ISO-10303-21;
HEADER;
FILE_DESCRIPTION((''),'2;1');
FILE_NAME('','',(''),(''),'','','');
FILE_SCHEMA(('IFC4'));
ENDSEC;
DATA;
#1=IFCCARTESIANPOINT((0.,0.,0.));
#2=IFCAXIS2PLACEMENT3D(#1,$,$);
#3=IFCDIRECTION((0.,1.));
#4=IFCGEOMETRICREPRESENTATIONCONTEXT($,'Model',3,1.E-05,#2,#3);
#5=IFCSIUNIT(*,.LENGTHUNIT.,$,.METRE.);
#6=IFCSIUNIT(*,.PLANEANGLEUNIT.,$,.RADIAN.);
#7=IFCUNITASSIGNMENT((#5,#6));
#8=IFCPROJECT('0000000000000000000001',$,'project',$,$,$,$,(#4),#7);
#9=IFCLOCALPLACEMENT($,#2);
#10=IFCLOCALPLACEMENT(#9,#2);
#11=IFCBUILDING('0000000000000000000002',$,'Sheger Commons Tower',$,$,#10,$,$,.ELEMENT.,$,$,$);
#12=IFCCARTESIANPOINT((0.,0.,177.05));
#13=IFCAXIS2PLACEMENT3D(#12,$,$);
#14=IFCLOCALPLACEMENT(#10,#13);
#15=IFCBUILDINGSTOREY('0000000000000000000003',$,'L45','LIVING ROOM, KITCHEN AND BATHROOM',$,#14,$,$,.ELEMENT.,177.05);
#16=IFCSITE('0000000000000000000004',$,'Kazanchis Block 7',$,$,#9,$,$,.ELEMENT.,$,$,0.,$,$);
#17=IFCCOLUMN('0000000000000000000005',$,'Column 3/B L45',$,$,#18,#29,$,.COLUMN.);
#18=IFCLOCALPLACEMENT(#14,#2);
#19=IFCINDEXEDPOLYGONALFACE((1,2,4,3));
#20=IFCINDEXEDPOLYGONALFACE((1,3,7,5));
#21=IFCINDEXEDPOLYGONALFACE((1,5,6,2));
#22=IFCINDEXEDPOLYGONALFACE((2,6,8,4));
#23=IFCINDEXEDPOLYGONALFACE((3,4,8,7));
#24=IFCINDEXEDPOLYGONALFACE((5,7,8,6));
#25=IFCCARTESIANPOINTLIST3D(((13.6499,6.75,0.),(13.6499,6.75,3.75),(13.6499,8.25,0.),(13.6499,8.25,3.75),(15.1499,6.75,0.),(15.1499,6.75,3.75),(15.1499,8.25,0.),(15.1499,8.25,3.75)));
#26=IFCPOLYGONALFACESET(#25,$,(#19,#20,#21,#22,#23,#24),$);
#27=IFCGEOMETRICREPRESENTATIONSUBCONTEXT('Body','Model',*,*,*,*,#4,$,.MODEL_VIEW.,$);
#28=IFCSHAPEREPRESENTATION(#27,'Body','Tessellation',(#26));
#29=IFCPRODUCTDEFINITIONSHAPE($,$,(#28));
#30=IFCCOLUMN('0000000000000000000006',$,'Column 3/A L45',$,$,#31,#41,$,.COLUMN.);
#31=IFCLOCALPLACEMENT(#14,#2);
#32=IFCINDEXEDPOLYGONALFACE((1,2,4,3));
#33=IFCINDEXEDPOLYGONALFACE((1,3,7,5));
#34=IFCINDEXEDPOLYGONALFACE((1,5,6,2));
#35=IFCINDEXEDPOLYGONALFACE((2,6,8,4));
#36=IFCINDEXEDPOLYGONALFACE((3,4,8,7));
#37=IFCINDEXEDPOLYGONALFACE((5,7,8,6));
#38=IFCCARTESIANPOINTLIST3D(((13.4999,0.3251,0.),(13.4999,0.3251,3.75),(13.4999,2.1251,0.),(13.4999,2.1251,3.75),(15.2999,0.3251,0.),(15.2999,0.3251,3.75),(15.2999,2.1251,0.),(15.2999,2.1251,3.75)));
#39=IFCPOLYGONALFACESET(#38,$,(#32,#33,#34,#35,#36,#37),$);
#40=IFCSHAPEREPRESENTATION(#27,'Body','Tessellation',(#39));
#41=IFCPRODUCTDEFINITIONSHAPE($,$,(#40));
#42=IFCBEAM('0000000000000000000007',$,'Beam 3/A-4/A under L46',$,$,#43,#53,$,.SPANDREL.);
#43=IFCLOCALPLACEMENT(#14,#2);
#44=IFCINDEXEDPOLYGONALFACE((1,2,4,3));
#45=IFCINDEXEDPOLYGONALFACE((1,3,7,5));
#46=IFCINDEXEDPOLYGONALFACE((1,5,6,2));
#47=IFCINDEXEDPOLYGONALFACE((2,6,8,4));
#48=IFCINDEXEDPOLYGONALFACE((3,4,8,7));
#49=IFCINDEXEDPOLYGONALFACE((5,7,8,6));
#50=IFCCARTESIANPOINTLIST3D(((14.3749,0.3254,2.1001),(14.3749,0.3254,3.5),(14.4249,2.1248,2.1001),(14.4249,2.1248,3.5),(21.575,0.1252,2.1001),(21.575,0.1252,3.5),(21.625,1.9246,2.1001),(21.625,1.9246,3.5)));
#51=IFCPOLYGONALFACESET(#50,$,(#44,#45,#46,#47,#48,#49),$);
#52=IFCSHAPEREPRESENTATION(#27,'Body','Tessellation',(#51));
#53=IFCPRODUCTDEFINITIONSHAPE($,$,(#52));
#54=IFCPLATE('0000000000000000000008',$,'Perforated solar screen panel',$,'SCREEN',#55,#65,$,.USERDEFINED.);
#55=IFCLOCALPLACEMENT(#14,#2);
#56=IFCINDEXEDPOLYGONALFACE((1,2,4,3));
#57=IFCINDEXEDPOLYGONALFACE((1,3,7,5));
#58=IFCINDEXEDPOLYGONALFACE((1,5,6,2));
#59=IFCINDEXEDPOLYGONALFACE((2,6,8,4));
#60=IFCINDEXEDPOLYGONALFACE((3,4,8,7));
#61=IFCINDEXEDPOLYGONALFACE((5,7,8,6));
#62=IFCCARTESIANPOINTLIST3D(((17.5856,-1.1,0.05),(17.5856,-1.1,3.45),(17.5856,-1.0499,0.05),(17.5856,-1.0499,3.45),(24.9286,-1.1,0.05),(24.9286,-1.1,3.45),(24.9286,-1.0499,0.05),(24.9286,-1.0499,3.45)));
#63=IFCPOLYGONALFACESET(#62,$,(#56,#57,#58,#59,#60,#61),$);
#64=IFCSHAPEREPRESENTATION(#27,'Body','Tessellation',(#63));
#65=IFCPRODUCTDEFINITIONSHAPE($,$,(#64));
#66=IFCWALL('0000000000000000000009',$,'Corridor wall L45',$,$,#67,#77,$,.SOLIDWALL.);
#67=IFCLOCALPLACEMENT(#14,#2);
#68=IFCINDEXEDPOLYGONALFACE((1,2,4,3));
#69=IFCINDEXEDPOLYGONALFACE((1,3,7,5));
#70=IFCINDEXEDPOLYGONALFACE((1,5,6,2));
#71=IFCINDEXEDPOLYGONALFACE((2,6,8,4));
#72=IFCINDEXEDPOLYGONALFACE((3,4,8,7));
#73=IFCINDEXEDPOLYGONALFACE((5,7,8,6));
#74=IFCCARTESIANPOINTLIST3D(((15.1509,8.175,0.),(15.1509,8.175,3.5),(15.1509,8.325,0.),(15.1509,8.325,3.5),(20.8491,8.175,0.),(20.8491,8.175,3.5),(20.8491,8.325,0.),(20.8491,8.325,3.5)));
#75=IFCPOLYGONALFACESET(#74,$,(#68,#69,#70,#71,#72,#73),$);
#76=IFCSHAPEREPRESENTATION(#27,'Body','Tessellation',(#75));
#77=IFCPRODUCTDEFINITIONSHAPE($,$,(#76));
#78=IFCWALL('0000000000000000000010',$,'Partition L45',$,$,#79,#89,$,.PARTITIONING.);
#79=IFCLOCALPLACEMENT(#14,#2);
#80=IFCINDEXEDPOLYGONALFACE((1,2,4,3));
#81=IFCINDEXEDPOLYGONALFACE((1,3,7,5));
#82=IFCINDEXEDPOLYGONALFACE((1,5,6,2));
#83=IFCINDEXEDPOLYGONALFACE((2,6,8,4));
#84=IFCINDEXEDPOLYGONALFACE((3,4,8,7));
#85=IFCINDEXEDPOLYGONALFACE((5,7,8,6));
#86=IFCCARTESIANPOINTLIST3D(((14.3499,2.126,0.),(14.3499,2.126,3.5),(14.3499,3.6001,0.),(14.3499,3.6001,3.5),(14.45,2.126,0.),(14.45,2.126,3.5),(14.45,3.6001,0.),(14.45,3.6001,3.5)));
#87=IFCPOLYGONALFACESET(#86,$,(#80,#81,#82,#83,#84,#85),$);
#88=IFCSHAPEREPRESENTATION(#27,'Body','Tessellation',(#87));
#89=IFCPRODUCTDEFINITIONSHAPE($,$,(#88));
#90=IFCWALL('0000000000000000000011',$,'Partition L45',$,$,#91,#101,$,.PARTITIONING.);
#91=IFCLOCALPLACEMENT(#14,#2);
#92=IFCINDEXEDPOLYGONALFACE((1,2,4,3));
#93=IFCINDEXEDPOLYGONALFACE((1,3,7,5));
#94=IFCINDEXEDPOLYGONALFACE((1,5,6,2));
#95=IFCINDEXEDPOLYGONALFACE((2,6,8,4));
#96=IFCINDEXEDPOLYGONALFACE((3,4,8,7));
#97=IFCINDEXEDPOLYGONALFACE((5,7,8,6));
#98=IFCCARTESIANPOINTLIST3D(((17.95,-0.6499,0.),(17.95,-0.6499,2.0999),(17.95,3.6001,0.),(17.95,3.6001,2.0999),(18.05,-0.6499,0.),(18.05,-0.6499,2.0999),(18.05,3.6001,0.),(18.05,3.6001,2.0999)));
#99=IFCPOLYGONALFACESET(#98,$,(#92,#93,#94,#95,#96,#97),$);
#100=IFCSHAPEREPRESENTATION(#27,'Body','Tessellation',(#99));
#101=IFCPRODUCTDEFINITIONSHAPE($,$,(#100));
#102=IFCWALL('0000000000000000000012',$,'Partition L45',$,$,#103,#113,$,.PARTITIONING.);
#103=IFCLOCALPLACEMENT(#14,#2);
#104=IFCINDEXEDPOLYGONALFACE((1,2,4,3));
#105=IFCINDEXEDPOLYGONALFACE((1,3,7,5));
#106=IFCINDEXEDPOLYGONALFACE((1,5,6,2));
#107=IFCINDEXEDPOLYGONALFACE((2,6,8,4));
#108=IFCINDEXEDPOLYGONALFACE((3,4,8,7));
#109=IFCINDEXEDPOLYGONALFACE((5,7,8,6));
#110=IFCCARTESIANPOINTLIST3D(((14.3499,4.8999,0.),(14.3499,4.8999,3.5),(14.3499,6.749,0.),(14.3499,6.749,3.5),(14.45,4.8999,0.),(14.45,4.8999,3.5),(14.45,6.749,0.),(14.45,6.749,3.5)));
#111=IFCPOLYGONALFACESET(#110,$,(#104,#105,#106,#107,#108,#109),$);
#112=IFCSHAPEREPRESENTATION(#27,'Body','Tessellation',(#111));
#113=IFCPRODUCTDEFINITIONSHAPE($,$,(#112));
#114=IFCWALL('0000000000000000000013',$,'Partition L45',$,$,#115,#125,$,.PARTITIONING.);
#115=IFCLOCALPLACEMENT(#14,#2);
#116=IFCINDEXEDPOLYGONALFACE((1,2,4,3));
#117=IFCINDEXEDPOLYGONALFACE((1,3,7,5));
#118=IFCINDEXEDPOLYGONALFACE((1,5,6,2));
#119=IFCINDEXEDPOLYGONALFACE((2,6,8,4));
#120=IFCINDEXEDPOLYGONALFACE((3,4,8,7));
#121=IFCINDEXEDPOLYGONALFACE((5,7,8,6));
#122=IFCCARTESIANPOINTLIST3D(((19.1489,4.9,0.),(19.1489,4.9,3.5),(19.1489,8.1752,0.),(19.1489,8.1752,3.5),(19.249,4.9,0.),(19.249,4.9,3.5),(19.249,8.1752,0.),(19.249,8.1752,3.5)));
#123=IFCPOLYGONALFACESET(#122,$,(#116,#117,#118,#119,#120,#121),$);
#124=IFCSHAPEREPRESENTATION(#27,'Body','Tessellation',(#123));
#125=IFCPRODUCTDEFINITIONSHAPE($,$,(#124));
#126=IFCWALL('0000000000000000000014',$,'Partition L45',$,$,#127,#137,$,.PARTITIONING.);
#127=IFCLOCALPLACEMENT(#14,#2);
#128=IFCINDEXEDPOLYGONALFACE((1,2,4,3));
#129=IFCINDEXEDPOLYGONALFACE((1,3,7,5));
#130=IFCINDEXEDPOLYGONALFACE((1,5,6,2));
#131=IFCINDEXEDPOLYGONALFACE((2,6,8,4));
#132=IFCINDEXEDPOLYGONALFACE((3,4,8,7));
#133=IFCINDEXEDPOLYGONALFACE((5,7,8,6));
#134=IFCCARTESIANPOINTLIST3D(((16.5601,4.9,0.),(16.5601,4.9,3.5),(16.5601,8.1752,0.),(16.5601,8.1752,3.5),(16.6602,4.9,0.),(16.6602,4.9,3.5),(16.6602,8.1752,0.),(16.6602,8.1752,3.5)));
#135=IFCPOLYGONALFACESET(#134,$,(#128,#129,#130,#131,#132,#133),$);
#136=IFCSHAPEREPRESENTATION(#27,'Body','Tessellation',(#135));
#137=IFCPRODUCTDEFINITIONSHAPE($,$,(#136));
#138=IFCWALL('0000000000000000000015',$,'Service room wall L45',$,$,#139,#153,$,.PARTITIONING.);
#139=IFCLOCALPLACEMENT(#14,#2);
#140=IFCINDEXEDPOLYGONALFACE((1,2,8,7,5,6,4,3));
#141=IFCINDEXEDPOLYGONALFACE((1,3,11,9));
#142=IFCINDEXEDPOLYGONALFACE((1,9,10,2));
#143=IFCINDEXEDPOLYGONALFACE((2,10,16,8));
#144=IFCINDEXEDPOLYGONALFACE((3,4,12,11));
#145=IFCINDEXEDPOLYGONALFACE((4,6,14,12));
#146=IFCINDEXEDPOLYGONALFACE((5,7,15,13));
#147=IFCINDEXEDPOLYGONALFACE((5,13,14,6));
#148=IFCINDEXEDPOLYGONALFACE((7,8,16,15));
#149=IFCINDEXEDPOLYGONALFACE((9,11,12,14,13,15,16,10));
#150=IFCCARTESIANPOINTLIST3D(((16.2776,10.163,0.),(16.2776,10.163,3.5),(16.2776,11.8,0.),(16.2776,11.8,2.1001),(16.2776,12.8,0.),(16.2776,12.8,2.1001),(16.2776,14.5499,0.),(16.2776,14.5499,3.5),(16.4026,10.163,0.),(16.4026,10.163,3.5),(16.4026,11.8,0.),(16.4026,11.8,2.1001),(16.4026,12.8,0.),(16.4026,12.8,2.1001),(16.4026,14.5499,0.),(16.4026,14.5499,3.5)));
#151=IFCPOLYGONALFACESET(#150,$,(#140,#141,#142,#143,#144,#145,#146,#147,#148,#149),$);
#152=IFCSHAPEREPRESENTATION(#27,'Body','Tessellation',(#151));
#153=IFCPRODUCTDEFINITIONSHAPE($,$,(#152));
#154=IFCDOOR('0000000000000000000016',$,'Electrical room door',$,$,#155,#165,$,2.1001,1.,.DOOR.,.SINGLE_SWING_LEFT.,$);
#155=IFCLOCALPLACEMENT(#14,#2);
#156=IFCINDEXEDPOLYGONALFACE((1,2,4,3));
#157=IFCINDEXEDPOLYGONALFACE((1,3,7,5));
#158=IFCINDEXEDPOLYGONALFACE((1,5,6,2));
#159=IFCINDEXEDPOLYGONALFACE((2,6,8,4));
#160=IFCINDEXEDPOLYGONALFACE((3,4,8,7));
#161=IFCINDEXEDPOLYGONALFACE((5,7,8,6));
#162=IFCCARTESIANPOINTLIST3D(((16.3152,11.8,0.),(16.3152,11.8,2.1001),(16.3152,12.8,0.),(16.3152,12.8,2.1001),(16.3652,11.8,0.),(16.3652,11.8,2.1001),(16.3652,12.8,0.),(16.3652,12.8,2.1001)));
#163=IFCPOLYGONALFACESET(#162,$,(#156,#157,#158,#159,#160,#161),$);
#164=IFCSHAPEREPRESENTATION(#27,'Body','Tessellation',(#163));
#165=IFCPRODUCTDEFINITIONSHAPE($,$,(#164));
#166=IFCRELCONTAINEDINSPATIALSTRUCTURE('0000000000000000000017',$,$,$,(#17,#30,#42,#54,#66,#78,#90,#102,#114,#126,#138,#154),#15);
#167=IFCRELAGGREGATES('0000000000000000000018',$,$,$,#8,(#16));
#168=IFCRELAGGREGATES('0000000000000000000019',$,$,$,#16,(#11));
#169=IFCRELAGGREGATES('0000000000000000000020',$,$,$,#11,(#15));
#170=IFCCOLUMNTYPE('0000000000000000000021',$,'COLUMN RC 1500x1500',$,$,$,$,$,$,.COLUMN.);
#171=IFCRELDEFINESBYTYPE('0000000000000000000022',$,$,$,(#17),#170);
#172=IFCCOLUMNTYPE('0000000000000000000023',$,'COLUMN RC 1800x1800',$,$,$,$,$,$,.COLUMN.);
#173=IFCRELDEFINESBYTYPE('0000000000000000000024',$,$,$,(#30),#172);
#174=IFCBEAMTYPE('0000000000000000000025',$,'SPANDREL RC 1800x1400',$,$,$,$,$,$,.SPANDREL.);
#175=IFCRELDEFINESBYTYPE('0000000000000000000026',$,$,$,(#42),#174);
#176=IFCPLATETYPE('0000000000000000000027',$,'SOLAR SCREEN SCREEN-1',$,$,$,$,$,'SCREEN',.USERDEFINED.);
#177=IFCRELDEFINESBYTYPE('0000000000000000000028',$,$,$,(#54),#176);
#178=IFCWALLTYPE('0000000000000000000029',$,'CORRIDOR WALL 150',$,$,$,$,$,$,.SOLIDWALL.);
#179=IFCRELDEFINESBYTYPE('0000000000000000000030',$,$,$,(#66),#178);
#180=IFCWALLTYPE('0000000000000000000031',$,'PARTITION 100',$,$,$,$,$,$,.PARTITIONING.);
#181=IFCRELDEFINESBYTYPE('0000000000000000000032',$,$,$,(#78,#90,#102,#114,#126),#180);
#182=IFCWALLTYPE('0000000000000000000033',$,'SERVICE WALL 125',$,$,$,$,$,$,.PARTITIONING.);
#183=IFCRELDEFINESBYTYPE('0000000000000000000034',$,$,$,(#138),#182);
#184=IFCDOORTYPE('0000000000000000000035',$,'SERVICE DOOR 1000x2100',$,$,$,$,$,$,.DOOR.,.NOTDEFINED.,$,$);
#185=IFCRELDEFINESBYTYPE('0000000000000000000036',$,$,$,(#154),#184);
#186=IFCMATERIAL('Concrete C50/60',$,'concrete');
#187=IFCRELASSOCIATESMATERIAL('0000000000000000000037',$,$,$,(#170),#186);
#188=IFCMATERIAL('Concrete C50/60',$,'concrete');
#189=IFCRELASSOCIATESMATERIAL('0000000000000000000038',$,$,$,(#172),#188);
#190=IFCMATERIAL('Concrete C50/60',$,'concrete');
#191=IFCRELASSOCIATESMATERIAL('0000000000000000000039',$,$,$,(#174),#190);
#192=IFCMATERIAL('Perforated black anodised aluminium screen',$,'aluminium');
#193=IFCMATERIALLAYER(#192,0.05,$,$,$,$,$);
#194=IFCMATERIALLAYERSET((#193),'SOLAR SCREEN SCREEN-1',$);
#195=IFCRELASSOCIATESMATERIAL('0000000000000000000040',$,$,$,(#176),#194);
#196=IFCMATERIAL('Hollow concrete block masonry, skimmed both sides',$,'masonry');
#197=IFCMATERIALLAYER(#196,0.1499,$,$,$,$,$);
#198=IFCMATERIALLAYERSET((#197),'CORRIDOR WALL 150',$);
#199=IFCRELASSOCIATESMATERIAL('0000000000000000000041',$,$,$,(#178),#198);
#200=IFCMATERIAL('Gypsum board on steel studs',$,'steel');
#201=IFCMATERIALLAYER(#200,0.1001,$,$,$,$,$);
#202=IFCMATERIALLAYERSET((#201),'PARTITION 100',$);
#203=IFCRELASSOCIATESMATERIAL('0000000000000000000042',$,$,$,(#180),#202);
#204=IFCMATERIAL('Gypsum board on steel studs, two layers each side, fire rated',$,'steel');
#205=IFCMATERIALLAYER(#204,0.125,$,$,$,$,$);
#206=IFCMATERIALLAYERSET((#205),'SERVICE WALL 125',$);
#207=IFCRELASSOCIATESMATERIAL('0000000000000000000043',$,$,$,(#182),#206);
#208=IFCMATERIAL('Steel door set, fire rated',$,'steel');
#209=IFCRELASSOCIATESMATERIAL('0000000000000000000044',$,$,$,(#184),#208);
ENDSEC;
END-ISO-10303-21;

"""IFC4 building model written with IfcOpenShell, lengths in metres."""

from ifc_helpers import new_model, si_unit, direction, frame, frame_2d, origin, origin_2d, place, context, subcontext, project, spatial, rectangle, extrude, material, layer, layer_set, material_profile, profile_set, type_object, element, fill, save


model = new_model("IFC4")

# Units and contexts
model_context = context("Model", 3, precision=1e-05, world=origin(), true_north=direction((0.0, 1.0)))
body_context = subcontext(model_context, "Body", "Model", "MODEL_VIEW")
ifc_project = project(units=[si_unit("LENGTHUNIT", "METRE"), si_unit("PLANEANGLEUNIT", "RADIAN")], contexts=[model_context])

# Site, building, storey
site_placement = place(None, origin())
site = spatial("IfcSite", under=ifc_project, at=site_placement, Name="Kazanchis Block 7", CompositionType="ELEMENT", RefElevation=0.0)
building_placement = place(site_placement, origin())
building = spatial("IfcBuilding", under=site, at=building_placement, Name="Sheger Commons Tower", CompositionType="ELEMENT")
storey_placement = place(building_placement, frame((0.0, 0.0, 177.05)))
storey = spatial("IfcBuildingStorey", under=building, at=storey_placement, Name="L45", Description="LIVING ROOM, KITCHEN AND BATHROOM", CompositionType="ELEMENT", Elevation=177.05)

# Columns
ifc_material_1 = material(Name="Concrete C50/60", Category="concrete")
ifc_material_profile_1 = material_profile(ifc_material_1, rectangle(XDim=1.5, YDim=1.5, at=origin_2d()), Name="RC 1500x1500")
ifc_profile_set_1 = profile_set([ifc_material_profile_1], Name="Concrete C50/60")
column_type_1 = type_object("IfcColumnType", Name="COLUMN RC 1500x1500", PredefinedType="COLUMN", material=ifc_profile_set_1)
column_1_placement = place(storey_placement, frame((14.3999, 7.5, 0.0), z_axis=(0.0, 0.0, 1.0), x_axis=(1.0, 0.0, 0.0)))
element("IfcColumn", 1, at=column_1_placement, inside=storey, type_object=column_type_1, Name="Column 3/B L45", PredefinedType="COLUMN", context=body_context, shape_type="SweptSolid", body=[
    extrude(rectangle(XDim=1.5, YDim=1.5, at=origin_2d()), origin(), (0.0, 0.0, 1.0), 3.75),
])
ifc_material_2 = material(Name="Concrete C50/60", Category="concrete")
ifc_material_profile_2 = material_profile(ifc_material_2, rectangle(XDim=1.8, YDim=1.8, at=origin_2d()), Name="RC 1800x1800")
ifc_profile_set_2 = profile_set([ifc_material_profile_2], Name="Concrete C50/60")
column_type_2 = type_object("IfcColumnType", Name="COLUMN RC 1800x1800", PredefinedType="COLUMN", material=ifc_profile_set_2)
column_2_placement = place(storey_placement, frame((14.3999, 1.2251, 0.0), z_axis=(0.0, 0.0, 1.0), x_axis=(1.0, 0.0, 0.0)))
element("IfcColumn", 2, at=column_2_placement, inside=storey, type_object=column_type_2, Name="Column 3/A L45", PredefinedType="COLUMN", context=body_context, shape_type="SweptSolid", body=[
    extrude(rectangle(XDim=1.8, YDim=1.8, at=origin_2d()), origin(), (0.0, 0.0, 1.0), 3.75),
])

# Beam
ifc_material_3 = material(Name="Concrete C50/60", Category="concrete")
ifc_material_profile_3 = material_profile(ifc_material_3, rectangle(XDim=1.8, YDim=1.3999, at=origin_2d()), Name="RC 1800x1400")
ifc_profile_set_3 = profile_set([ifc_material_profile_3], Name="Concrete C50/60")
beam_type = type_object("IfcBeamType", Name="SPANDREL RC 1800x1400", PredefinedType="SPANDREL", material=ifc_profile_set_3)
beam_placement = place(storey_placement, frame((14.3999, 1.2251, 2.8), z_axis=(0.999614, -0.027793, 0.0), x_axis=(0.027793, 0.999614, 0.0)))
element("IfcBeam", 3, at=beam_placement, inside=storey, type_object=beam_type, Name="Beam 3/A-4/A under L46", PredefinedType="SPANDREL", context=body_context, shape_type="SweptSolid", body=[
    extrude(rectangle(XDim=1.8, YDim=1.3999, at=origin_2d()), origin(), (0.0, 0.0, 1.0), 7.2029),
])

# Plate
ifc_material_4 = material(Name="Perforated black anodised aluminium screen", Category="aluminium")
ifc_layer_1 = layer(ifc_material_4, 0.05)
ifc_layer_set_1 = layer_set([ifc_layer_1], Name="SOLAR SCREEN SCREEN-1")
plate_type = type_object("IfcPlateType", Name="SOLAR SCREEN SCREEN-1", ElementType="SCREEN", PredefinedType="USERDEFINED", material=ifc_layer_set_1)
plate_placement = place(storey_placement, frame((21.2571, -1.075, 0.05), z_axis=(0.0, 0.0, 1.0), x_axis=(1.0, 0.0, 0.0)))
element("IfcPlate", 4, at=plate_placement, inside=storey, type_object=plate_type, Name="Perforated solar screen panel", ObjectType="SCREEN", PredefinedType="USERDEFINED", context=body_context, shape_type="SweptSolid", body=[
    extrude(rectangle(XDim=7.343, YDim=0.05, at=origin_2d()), origin(), (0.0, 0.0, 1.0), 3.3999),
])

# Walls
ifc_material_5 = material(Name="Hollow concrete block masonry, skimmed both sides", Category="masonry")
ifc_layer_2 = layer(ifc_material_5, 0.1499)
ifc_layer_set_2 = layer_set([ifc_layer_2], Name="CORRIDOR WALL 150")
wall_type_1 = type_object("IfcWallType", Name="CORRIDOR WALL 150", PredefinedType="SOLIDWALL", material=ifc_layer_set_2)
wall_1_placement = place(storey_placement, frame((20.8491, 8.25, 0.0), z_axis=(0.0, 0.0, 1.0), x_axis=(-1.0, 0.0, 0.0)))
element("IfcWall", 5, at=wall_1_placement, inside=storey, type_object=wall_type_1, Name="Corridor wall L45", PredefinedType="SOLIDWALL", context=body_context, shape_type="SweptSolid", body=[
    extrude(rectangle(XDim=5.6982, YDim=0.1499, at=frame_2d((2.8491, 0.0))), origin(), (0.0, 0.0, 1.0), 3.5),
])
ifc_material_6 = material(Name="Gypsum board on steel studs", Category="steel")
ifc_layer_3 = layer(ifc_material_6, 0.1001)
ifc_layer_set_3 = layer_set([ifc_layer_3], Name="PARTITION 100")
wall_type_2 = type_object("IfcWallType", Name="PARTITION 100", PredefinedType="PARTITIONING", material=ifc_layer_set_3)
wall_2_placement = place(storey_placement, frame((14.3999, 2.126, 0.0), z_axis=(0.0, 0.0, 1.0), x_axis=(0.0, 1.0, 0.0)))
element("IfcWall", 6, at=wall_2_placement, inside=storey, type_object=wall_type_2, Name="Partition L45", PredefinedType="PARTITIONING", context=body_context, shape_type="SweptSolid", body=[
    extrude(rectangle(XDim=1.4741, YDim=0.1001, at=frame_2d((0.7371, 0.0))), origin(), (0.0, 0.0, 1.0), 3.5),
])
wall_3_placement = place(storey_placement, frame((18.0, -0.6499, 0.0), z_axis=(0.0, 0.0, 1.0), x_axis=(0.0, 1.0, 0.0)))
element("IfcWall", 7, at=wall_3_placement, inside=storey, type_object=wall_type_2, Name="Partition L45", PredefinedType="PARTITIONING", context=body_context, shape_type="SweptSolid", body=[
    extrude(rectangle(XDim=4.25, YDim=0.1001, at=frame_2d((2.125, 0.0))), origin(), (0.0, 0.0, 1.0), 2.0999),
])
wall_4_placement = place(storey_placement, frame((14.3999, 4.8999, 0.0), z_axis=(0.0, 0.0, 1.0), x_axis=(0.0, 1.0, 0.0)))
element("IfcWall", 8, at=wall_4_placement, inside=storey, type_object=wall_type_2, Name="Partition L45", PredefinedType="PARTITIONING", context=body_context, shape_type="SweptSolid", body=[
    extrude(rectangle(XDim=1.8491, YDim=0.1001, at=frame_2d((0.9246, 0.0))), origin(), (0.0, 0.0, 1.0), 3.5),
])
for number, where, z_axis, x_axis, name in (
    (9, (19.199, 4.8999, 0.0), (0.0, 0.0, 1.0), (0.0, 1.0, 0.0), "Partition L45"),
    (10, (16.6101, 4.8999, 0.0), (0.0, 0.0, 1.0), (0.0, 1.0, 0.0), "Partition L45"),
):
    element("IfcWall", number, at=place(storey_placement, frame(where, z_axis=z_axis, x_axis=x_axis)), inside=storey, type_object=wall_type_2, Name=name, PredefinedType="PARTITIONING", context=body_context, shape_type="SweptSolid", body=[
        extrude(rectangle(XDim=3.2751, YDim=0.1001, at=frame_2d((1.6377, 0.0))), origin(), (0.0, 0.0, 1.0), 3.5),
    ])

# Wall, opening, door
ifc_material_7 = material(Name="Gypsum board on steel studs, two layers each side, fire rated", Category="steel")
ifc_layer_4 = layer(ifc_material_7, 0.125)
ifc_layer_set_4 = layer_set([ifc_layer_4], Name="SERVICE WALL 125")
wall_type_3 = type_object("IfcWallType", Name="SERVICE WALL 125", PredefinedType="PARTITIONING", material=ifc_layer_set_4)
wall_5_placement = place(storey_placement, frame((16.3401, 10.1631, 0.0), z_axis=(0.0, 0.0, 1.0), x_axis=(0.0, 1.0, 0.0)))
wall_5 = element("IfcWall", 11, at=wall_5_placement, inside=storey, type_object=wall_type_3, Name="Service room wall L45", PredefinedType="PARTITIONING", context=body_context, shape_type="SweptSolid", body=[
    extrude(rectangle(XDim=4.387, YDim=0.125, at=frame_2d((2.1934, 0.0))), origin(), (0.0, 0.0, 1.0), 3.5),
])
opening_1_placement = place(wall_5_placement, frame((1.637, 0.0, 0.0)))
opening_1 = element("IfcOpeningElement", 12, at=opening_1_placement, cuts=wall_5, PredefinedType="OPENING", context=body_context, shape_type="SweptSolid", body=[
    extrude(rectangle(XDim=1.0, YDim=2.1001, at=frame_2d((0.5, 1.05))), frame((0.0, 0.0725, 0.0), z_axis=(0.0, -1.0, 0.0), x_axis=(1.0, 0.0, 0.0)), (0.0, 0.0, 1.0), 0.145),
])
ifc_material_8 = material(Name="Steel door set, fire rated", Category="steel")
door_type_1 = type_object("IfcDoorType", Name="SERVICE DOOR 1000x2100", OperationType="NOTDEFINED", PredefinedType="DOOR", material=ifc_material_8)
door_1_placement = place(opening_1_placement, origin())
door_1 = element("IfcDoor", 13, at=door_1_placement, inside=storey, type_object=door_type_1, Name="Electrical room door", OperationType="SINGLE_SWING_LEFT", OverallHeight=2.1001, OverallWidth=1.0, PredefinedType="DOOR", context=body_context, shape_type="SweptSolid", body=[
    extrude(rectangle(XDim=1.0, YDim=2.1001, at=frame_2d((0.5, 1.05))), frame((0.0, 0.0249, 0.0), z_axis=(0.0, -1.0, 0.0), x_axis=(1.0, 0.0, 0.0)), (0.0, 0.0, 1.0), 0.05),
])
fill(opening_1, door_1)

save(model, "model.ifc")
